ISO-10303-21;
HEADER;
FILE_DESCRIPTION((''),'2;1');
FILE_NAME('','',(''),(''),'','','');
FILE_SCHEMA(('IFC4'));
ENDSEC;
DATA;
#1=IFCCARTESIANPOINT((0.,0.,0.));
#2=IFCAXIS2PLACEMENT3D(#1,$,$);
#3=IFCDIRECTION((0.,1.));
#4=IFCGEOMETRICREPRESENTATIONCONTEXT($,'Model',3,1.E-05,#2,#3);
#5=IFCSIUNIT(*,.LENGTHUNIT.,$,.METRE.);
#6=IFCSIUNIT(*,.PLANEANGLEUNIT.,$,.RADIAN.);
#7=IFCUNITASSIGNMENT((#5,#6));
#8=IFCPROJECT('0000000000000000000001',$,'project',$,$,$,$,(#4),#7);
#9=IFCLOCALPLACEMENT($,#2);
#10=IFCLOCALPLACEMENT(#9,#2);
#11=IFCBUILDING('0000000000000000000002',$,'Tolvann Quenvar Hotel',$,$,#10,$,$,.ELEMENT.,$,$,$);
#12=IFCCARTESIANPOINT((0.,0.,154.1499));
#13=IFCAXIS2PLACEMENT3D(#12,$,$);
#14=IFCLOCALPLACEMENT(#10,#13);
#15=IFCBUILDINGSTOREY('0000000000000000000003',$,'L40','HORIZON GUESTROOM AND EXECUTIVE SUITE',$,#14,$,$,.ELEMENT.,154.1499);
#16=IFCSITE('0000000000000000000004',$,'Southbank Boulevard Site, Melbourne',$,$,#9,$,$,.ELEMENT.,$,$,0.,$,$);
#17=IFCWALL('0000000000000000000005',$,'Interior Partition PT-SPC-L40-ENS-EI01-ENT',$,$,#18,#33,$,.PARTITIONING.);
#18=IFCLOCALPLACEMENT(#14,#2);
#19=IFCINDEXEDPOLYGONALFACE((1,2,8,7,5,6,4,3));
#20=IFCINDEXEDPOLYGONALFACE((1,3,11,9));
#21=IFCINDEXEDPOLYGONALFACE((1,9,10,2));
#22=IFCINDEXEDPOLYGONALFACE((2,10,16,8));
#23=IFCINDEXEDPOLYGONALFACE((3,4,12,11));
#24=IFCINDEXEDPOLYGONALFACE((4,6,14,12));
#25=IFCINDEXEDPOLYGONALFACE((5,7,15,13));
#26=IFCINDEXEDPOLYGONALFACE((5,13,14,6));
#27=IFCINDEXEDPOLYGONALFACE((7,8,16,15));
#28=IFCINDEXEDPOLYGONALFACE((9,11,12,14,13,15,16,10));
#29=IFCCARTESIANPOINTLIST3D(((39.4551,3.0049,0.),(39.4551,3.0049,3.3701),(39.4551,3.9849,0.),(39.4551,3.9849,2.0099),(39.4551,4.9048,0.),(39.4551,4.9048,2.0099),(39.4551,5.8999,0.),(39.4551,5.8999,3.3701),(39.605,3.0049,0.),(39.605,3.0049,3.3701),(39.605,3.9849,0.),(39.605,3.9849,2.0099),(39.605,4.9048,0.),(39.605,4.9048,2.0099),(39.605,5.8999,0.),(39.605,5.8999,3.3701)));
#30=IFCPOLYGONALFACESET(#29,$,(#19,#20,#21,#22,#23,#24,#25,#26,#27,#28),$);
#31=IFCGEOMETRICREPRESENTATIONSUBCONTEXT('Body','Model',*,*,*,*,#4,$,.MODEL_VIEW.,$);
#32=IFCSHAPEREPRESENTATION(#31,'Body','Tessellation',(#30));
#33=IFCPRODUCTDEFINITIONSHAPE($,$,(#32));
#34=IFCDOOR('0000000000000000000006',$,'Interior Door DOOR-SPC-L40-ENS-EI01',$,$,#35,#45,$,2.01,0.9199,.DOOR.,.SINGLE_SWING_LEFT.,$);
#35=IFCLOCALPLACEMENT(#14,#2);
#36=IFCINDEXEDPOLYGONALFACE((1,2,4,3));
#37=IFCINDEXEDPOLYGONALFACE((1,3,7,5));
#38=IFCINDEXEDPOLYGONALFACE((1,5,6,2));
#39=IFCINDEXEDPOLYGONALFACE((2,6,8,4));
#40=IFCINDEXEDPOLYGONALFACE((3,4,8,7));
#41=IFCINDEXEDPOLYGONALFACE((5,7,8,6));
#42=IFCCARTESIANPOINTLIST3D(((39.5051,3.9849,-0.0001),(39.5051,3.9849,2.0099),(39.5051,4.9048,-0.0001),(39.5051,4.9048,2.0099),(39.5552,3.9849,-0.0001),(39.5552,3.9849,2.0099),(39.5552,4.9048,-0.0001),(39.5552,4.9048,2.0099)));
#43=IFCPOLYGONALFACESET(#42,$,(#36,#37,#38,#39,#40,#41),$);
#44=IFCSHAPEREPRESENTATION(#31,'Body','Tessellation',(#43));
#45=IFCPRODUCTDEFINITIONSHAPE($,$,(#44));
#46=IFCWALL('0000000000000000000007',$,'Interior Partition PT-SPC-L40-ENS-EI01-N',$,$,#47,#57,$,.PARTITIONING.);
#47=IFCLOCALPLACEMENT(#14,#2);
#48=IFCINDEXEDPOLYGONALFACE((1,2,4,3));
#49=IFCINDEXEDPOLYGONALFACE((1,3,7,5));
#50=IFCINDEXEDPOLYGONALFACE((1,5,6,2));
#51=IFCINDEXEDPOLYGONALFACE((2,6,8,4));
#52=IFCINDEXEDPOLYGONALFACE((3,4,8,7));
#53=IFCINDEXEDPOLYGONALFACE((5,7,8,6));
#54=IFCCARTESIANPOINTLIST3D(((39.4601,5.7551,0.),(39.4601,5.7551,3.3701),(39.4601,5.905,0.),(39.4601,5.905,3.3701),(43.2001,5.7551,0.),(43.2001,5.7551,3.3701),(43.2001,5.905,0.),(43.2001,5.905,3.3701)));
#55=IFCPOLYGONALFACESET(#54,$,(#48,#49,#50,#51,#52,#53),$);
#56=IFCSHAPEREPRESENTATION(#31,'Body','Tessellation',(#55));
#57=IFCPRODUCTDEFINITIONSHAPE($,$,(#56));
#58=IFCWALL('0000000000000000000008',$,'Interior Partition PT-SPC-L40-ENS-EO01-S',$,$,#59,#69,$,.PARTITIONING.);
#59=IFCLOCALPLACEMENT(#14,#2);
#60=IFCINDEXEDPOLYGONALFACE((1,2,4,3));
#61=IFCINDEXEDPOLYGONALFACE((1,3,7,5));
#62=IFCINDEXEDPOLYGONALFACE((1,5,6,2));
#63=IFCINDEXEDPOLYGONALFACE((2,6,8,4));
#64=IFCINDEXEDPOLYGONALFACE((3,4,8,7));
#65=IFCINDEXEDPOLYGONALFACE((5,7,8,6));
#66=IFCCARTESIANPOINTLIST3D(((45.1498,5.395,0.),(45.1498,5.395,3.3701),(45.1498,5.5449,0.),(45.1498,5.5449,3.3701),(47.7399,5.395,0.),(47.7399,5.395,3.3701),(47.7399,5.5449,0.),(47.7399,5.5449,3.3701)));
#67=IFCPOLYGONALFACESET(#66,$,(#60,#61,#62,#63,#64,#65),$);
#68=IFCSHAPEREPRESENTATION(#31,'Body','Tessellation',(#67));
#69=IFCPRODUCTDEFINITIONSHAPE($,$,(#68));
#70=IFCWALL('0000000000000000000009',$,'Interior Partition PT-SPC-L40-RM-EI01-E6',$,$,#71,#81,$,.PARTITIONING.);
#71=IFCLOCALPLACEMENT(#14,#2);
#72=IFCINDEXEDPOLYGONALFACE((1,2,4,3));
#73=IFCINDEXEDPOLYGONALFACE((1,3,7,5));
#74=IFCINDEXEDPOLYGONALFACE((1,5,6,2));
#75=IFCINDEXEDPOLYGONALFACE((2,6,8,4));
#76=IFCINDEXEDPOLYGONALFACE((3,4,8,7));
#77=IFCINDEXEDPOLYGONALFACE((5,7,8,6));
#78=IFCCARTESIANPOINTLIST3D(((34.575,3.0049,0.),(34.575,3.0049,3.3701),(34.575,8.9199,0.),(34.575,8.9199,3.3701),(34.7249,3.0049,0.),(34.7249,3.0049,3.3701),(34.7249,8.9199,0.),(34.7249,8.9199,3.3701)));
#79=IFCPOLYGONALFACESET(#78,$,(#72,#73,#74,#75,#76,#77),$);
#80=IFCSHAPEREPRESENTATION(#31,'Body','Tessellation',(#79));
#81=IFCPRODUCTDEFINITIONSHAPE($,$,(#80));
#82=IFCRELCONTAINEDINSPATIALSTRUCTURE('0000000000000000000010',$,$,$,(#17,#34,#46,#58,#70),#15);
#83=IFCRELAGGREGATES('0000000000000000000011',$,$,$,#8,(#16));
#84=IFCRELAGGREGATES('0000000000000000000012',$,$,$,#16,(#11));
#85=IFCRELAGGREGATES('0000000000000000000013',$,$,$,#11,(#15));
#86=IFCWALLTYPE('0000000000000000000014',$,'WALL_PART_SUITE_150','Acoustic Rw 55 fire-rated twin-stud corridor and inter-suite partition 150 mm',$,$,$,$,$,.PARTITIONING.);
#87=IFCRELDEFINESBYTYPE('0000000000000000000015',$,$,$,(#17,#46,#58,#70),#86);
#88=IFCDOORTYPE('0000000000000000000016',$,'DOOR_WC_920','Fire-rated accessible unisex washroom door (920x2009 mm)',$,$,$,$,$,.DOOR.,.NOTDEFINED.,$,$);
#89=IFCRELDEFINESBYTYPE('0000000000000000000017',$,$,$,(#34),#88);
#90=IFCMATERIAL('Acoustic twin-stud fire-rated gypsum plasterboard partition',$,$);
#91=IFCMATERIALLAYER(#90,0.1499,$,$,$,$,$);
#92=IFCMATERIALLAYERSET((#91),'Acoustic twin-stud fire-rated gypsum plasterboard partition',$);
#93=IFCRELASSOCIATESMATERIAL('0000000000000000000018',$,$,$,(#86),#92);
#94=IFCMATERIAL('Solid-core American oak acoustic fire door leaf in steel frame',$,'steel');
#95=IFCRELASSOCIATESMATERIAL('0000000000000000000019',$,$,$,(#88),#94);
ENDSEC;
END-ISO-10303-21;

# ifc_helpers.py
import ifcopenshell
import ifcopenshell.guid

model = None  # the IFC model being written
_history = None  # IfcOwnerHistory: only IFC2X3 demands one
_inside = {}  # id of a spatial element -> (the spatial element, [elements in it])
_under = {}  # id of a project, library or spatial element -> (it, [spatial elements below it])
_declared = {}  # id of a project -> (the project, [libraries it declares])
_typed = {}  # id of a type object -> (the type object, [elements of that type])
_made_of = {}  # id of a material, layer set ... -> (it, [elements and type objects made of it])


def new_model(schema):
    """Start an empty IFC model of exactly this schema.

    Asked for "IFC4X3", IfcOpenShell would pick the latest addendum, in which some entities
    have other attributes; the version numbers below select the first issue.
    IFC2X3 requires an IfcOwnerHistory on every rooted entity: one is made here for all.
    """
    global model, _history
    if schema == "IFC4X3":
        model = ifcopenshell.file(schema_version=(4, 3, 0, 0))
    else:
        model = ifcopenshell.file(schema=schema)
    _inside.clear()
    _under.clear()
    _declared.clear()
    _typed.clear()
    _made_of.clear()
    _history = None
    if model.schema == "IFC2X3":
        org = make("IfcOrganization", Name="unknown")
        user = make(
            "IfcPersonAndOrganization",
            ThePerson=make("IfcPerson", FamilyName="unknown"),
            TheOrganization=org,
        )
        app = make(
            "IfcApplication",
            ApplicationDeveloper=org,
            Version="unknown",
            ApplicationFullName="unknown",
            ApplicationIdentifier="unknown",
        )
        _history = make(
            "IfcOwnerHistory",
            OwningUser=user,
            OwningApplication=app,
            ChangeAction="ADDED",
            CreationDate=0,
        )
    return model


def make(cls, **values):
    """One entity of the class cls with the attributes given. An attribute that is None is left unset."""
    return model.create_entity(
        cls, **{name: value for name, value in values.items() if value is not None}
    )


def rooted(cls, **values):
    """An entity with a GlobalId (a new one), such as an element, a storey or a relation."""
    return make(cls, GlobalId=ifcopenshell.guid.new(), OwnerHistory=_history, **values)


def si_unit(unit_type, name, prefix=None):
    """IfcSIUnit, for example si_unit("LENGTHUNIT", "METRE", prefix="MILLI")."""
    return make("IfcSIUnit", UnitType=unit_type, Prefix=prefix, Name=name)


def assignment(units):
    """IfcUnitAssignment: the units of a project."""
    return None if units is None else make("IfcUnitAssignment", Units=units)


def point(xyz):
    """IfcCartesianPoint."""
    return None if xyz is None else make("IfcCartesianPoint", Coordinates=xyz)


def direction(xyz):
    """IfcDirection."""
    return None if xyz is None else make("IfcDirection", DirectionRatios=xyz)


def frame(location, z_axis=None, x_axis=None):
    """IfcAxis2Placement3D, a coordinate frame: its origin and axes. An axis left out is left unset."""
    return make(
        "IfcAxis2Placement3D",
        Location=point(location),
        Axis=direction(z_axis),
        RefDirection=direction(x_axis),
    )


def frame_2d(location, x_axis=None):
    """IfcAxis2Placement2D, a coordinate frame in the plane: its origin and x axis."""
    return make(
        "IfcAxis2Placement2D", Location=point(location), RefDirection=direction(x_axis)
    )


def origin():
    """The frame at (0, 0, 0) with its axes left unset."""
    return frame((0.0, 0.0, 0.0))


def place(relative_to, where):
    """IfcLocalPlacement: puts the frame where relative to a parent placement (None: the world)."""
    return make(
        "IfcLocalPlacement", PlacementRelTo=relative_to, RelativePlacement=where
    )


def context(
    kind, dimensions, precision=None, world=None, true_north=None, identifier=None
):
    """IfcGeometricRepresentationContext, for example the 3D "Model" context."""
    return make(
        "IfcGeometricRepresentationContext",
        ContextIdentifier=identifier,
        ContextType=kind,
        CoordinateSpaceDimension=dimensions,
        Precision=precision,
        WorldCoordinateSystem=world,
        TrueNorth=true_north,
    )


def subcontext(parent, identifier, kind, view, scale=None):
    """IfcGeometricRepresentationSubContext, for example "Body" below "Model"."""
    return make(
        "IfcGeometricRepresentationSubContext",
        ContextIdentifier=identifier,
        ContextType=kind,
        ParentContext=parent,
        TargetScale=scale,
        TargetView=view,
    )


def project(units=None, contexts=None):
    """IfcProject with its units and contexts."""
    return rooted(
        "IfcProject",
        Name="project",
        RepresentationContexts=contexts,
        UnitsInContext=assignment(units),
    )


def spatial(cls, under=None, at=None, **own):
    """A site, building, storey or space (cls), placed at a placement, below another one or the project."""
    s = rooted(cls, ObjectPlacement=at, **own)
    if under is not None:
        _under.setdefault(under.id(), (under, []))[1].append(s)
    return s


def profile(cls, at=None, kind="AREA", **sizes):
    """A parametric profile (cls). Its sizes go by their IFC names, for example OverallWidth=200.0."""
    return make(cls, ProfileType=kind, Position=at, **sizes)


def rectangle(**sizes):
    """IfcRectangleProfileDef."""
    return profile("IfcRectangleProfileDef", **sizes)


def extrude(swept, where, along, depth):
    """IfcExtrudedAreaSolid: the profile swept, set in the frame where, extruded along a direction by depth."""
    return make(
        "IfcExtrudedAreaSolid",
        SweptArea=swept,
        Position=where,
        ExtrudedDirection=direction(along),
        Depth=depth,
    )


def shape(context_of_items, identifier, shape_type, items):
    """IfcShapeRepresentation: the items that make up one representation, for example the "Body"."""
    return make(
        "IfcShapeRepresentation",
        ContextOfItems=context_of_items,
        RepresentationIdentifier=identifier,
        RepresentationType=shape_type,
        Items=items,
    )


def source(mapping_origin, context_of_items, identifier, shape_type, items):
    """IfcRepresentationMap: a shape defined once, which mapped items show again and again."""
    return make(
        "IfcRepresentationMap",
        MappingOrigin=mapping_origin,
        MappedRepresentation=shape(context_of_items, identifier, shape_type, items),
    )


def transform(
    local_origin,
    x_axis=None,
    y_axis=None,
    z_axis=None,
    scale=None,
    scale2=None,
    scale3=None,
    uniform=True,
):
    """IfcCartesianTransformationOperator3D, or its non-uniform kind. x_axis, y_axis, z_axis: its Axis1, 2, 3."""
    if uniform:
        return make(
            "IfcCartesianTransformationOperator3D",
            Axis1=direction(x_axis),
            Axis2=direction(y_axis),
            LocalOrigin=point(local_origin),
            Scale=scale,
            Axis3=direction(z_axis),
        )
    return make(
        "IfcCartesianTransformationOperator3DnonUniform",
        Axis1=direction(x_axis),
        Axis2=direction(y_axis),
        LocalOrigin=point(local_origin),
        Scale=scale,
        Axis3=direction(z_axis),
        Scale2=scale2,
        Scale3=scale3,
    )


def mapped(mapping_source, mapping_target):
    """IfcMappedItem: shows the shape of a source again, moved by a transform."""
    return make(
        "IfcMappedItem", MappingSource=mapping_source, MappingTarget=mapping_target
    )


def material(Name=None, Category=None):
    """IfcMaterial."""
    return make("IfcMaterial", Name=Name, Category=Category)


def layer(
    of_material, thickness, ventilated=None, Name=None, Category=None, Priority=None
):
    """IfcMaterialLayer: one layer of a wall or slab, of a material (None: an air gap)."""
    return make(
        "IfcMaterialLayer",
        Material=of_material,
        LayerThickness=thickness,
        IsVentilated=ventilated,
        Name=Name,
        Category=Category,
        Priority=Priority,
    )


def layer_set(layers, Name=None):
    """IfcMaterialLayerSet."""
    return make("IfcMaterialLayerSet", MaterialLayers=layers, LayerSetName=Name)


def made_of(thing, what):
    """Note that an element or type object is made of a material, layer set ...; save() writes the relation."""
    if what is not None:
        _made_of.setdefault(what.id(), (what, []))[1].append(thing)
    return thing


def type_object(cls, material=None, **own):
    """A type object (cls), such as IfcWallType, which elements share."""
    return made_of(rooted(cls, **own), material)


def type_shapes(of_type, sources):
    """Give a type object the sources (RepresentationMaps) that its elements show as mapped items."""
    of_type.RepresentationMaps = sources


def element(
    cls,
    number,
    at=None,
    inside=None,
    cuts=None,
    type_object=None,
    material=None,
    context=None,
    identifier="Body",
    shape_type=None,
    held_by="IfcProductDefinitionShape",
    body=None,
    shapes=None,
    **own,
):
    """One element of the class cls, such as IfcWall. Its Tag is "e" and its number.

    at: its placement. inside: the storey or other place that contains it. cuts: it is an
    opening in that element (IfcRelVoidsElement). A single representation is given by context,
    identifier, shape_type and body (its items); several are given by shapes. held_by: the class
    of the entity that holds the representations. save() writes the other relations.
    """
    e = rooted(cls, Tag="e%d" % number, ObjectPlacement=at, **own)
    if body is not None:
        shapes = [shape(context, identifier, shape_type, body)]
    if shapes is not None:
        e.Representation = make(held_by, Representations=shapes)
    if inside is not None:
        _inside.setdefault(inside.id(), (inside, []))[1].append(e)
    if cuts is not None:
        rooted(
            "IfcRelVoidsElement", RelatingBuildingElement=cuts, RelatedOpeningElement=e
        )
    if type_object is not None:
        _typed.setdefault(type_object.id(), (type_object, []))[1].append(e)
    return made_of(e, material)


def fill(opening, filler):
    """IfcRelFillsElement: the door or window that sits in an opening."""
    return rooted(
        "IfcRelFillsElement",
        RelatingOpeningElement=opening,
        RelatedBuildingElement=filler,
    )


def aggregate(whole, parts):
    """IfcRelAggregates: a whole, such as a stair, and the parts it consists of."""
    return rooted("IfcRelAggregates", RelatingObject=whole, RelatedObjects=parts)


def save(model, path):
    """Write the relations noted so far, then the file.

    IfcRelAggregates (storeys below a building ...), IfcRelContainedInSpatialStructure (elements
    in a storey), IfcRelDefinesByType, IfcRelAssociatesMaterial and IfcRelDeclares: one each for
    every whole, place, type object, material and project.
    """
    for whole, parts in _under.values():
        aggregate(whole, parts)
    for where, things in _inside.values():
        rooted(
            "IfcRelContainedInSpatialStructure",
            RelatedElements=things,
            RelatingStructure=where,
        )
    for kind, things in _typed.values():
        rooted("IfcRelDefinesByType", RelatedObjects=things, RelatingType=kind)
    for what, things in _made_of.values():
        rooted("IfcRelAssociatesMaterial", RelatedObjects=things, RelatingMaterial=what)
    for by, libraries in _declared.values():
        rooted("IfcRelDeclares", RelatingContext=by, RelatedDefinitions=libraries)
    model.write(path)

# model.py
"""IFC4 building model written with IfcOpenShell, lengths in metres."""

from ifc_helpers import new_model, si_unit, direction, frame, frame_2d, origin, place, context, subcontext, project, spatial, rectangle, extrude, source, transform, mapped, material, layer, layer_set, type_object, type_shapes, element, fill, save


model = new_model("IFC4")

# Units and contexts
model_context = context("Model", 3, precision=1e-05, world=origin(), true_north=direction((0.0, 1.0)))
body_context = subcontext(model_context, "Body", "Model", "MODEL_VIEW")
ifc_project = project(units=[si_unit("LENGTHUNIT", "METRE"), si_unit("PLANEANGLEUNIT", "RADIAN")], contexts=[model_context])

# Site, building, storey
site_placement = place(None, origin())
site = spatial("IfcSite", under=ifc_project, at=site_placement, Name="Southbank Boulevard Site, Melbourne", CompositionType="ELEMENT", RefElevation=0.0)
building_placement = place(site_placement, origin())
building = spatial("IfcBuilding", under=site, at=building_placement, Name="Tolvann Quenvar Hotel", CompositionType="ELEMENT")
storey_placement = place(building_placement, frame((0.0, 0.0, 154.1499)))
storey = spatial("IfcBuildingStorey", under=building, at=storey_placement, Name="L40", Description="HORIZON GUESTROOM AND EXECUTIVE SUITE", CompositionType="ELEMENT", Elevation=154.1499)

# Wall, opening, door
ifc_material_1 = material(Name="Acoustic twin-stud fire-rated gypsum plasterboard partition")
ifc_layer_1 = layer(ifc_material_1, 0.1499)
ifc_layer_set_1 = layer_set([ifc_layer_1], Name="Acoustic twin-stud fire-rated gypsum plasterboard partition")
wall_type_1 = type_object("IfcWallType", Name="WALL_PART_SUITE_150", Description="Acoustic Rw 55 fire-rated twin-stud corridor and inter-suite partition 150 mm", PredefinedType="PARTITIONING", material=ifc_layer_set_1)
wall_1_placement = place(storey_placement, frame((39.53, 3.0049, 0.0), z_axis=(0.0, 0.0, 1.0), x_axis=(0.0, 1.0, 0.0)))
wall_1 = element("IfcWall", 1, at=wall_1_placement, inside=storey, type_object=wall_type_1, Name="Interior Partition PT-SPC-L40-ENS-EI01-ENT", PredefinedType="PARTITIONING", context=body_context, shape_type="SweptSolid", body=[
    extrude(rectangle(XDim=2.895, YDim=0.1499, at=frame_2d((1.4475, 0.0))), origin(), (0.0, 0.0, 1.0), 3.3701),
])
opening_1_placement = place(wall_1_placement, frame((0.98, 0.0, 0.0)))
opening_1 = element("IfcOpeningElement", 2, at=opening_1_placement, cuts=wall_1, PredefinedType="OPENING", context=body_context, shape_type="SweptSolid", body=[
    extrude(rectangle(XDim=0.9199, YDim=2.01, at=frame_2d((0.46, 1.0049))), frame((0.0, 0.085, 0.0), z_axis=(0.0, -1.0, 0.0), x_axis=(1.0, 0.0, 0.0)), (0.0, 0.0, 1.0), 0.1699),
])
ifc_material_2 = material(Name="Solid-core American oak acoustic fire door leaf in steel frame", Category="steel")
door_type_1 = type_object("IfcDoorType", Name="DOOR_WC_920", Description="Fire-rated accessible unisex washroom door (920x2009 mm)", OperationType="NOTDEFINED", PredefinedType="DOOR", material=ifc_material_2)
shared_shape_1 = source(origin(), body_context, "Body", "SweptSolid", [
    extrude(rectangle(XDim=0.9199, YDim=2.01, at=frame_2d((0.46, 1.0049))), frame((0.0, 0.0249, 0.0), z_axis=(0.0, -1.0, 0.0), x_axis=(1.0, 0.0, 0.0)), (0.0, 0.0, 1.0), 0.05),
])
type_shapes(door_type_1, [shared_shape_1])
door_1_placement = place(opening_1_placement, origin())
door_1 = element("IfcDoor", 3, at=door_1_placement, inside=storey, type_object=door_type_1, Name="Interior Door DOOR-SPC-L40-ENS-EI01", OperationType="SINGLE_SWING_LEFT", OverallHeight=2.01, OverallWidth=0.9199, PredefinedType="DOOR", context=body_context, shape_type="MappedRepresentation", body=[
    mapped(shared_shape_1, transform((0.0, 0.0, 0.0), x_axis=(1.0, 0.0, 0.0), y_axis=(0.0, 1.0, 0.0), z_axis=(0.0, 0.0, 1.0), scale=1.0)),
])
fill(opening_1, door_1)

# Walls
wall_2_placement = place(storey_placement, frame((39.46, 5.8301, 0.0), z_axis=(0.0, 0.0, 1.0), x_axis=(1.0, 0.0, 0.0)))
element("IfcWall", 4, at=wall_2_placement, inside=storey, type_object=wall_type_1, Name="Interior Partition PT-SPC-L40-ENS-EI01-N", PredefinedType="PARTITIONING", context=body_context, shape_type="SweptSolid", body=[
    extrude(rectangle(XDim=3.74, YDim=0.1499, at=frame_2d((1.8701, 0.0))), origin(), (0.0, 0.0, 1.0), 3.3701),
])
wall_3_placement = place(storey_placement, frame((45.1499, 5.47, 0.0), z_axis=(0.0, 0.0, 1.0), x_axis=(1.0, 0.0, 0.0)))
element("IfcWall", 5, at=wall_3_placement, inside=storey, type_object=wall_type_1, Name="Interior Partition PT-SPC-L40-ENS-EO01-S", PredefinedType="PARTITIONING", context=body_context, shape_type="SweptSolid", body=[
    extrude(rectangle(XDim=2.5901, YDim=0.1499, at=frame_2d((1.2949, 0.0))), origin(), (0.0, 0.0, 1.0), 3.3701),
])

# Wall
wall_4_placement = place(storey_placement, frame((34.6499, 3.0049, 0.0), z_axis=(0.0, 0.0, 1.0), x_axis=(0.0, 1.0, 0.0)))
element("IfcWall", 6, at=wall_4_placement, inside=storey, type_object=wall_type_1, Name="Interior Partition PT-SPC-L40-RM-EI01-E6", PredefinedType="PARTITIONING", context=body_context, shape_type="SweptSolid", body=[
    extrude(rectangle(XDim=5.915, YDim=0.1499, at=frame_2d((2.9575, 0.0))), origin(), (0.0, 0.0, 1.0), 3.3701),
])

save(model, "model.ifc")
